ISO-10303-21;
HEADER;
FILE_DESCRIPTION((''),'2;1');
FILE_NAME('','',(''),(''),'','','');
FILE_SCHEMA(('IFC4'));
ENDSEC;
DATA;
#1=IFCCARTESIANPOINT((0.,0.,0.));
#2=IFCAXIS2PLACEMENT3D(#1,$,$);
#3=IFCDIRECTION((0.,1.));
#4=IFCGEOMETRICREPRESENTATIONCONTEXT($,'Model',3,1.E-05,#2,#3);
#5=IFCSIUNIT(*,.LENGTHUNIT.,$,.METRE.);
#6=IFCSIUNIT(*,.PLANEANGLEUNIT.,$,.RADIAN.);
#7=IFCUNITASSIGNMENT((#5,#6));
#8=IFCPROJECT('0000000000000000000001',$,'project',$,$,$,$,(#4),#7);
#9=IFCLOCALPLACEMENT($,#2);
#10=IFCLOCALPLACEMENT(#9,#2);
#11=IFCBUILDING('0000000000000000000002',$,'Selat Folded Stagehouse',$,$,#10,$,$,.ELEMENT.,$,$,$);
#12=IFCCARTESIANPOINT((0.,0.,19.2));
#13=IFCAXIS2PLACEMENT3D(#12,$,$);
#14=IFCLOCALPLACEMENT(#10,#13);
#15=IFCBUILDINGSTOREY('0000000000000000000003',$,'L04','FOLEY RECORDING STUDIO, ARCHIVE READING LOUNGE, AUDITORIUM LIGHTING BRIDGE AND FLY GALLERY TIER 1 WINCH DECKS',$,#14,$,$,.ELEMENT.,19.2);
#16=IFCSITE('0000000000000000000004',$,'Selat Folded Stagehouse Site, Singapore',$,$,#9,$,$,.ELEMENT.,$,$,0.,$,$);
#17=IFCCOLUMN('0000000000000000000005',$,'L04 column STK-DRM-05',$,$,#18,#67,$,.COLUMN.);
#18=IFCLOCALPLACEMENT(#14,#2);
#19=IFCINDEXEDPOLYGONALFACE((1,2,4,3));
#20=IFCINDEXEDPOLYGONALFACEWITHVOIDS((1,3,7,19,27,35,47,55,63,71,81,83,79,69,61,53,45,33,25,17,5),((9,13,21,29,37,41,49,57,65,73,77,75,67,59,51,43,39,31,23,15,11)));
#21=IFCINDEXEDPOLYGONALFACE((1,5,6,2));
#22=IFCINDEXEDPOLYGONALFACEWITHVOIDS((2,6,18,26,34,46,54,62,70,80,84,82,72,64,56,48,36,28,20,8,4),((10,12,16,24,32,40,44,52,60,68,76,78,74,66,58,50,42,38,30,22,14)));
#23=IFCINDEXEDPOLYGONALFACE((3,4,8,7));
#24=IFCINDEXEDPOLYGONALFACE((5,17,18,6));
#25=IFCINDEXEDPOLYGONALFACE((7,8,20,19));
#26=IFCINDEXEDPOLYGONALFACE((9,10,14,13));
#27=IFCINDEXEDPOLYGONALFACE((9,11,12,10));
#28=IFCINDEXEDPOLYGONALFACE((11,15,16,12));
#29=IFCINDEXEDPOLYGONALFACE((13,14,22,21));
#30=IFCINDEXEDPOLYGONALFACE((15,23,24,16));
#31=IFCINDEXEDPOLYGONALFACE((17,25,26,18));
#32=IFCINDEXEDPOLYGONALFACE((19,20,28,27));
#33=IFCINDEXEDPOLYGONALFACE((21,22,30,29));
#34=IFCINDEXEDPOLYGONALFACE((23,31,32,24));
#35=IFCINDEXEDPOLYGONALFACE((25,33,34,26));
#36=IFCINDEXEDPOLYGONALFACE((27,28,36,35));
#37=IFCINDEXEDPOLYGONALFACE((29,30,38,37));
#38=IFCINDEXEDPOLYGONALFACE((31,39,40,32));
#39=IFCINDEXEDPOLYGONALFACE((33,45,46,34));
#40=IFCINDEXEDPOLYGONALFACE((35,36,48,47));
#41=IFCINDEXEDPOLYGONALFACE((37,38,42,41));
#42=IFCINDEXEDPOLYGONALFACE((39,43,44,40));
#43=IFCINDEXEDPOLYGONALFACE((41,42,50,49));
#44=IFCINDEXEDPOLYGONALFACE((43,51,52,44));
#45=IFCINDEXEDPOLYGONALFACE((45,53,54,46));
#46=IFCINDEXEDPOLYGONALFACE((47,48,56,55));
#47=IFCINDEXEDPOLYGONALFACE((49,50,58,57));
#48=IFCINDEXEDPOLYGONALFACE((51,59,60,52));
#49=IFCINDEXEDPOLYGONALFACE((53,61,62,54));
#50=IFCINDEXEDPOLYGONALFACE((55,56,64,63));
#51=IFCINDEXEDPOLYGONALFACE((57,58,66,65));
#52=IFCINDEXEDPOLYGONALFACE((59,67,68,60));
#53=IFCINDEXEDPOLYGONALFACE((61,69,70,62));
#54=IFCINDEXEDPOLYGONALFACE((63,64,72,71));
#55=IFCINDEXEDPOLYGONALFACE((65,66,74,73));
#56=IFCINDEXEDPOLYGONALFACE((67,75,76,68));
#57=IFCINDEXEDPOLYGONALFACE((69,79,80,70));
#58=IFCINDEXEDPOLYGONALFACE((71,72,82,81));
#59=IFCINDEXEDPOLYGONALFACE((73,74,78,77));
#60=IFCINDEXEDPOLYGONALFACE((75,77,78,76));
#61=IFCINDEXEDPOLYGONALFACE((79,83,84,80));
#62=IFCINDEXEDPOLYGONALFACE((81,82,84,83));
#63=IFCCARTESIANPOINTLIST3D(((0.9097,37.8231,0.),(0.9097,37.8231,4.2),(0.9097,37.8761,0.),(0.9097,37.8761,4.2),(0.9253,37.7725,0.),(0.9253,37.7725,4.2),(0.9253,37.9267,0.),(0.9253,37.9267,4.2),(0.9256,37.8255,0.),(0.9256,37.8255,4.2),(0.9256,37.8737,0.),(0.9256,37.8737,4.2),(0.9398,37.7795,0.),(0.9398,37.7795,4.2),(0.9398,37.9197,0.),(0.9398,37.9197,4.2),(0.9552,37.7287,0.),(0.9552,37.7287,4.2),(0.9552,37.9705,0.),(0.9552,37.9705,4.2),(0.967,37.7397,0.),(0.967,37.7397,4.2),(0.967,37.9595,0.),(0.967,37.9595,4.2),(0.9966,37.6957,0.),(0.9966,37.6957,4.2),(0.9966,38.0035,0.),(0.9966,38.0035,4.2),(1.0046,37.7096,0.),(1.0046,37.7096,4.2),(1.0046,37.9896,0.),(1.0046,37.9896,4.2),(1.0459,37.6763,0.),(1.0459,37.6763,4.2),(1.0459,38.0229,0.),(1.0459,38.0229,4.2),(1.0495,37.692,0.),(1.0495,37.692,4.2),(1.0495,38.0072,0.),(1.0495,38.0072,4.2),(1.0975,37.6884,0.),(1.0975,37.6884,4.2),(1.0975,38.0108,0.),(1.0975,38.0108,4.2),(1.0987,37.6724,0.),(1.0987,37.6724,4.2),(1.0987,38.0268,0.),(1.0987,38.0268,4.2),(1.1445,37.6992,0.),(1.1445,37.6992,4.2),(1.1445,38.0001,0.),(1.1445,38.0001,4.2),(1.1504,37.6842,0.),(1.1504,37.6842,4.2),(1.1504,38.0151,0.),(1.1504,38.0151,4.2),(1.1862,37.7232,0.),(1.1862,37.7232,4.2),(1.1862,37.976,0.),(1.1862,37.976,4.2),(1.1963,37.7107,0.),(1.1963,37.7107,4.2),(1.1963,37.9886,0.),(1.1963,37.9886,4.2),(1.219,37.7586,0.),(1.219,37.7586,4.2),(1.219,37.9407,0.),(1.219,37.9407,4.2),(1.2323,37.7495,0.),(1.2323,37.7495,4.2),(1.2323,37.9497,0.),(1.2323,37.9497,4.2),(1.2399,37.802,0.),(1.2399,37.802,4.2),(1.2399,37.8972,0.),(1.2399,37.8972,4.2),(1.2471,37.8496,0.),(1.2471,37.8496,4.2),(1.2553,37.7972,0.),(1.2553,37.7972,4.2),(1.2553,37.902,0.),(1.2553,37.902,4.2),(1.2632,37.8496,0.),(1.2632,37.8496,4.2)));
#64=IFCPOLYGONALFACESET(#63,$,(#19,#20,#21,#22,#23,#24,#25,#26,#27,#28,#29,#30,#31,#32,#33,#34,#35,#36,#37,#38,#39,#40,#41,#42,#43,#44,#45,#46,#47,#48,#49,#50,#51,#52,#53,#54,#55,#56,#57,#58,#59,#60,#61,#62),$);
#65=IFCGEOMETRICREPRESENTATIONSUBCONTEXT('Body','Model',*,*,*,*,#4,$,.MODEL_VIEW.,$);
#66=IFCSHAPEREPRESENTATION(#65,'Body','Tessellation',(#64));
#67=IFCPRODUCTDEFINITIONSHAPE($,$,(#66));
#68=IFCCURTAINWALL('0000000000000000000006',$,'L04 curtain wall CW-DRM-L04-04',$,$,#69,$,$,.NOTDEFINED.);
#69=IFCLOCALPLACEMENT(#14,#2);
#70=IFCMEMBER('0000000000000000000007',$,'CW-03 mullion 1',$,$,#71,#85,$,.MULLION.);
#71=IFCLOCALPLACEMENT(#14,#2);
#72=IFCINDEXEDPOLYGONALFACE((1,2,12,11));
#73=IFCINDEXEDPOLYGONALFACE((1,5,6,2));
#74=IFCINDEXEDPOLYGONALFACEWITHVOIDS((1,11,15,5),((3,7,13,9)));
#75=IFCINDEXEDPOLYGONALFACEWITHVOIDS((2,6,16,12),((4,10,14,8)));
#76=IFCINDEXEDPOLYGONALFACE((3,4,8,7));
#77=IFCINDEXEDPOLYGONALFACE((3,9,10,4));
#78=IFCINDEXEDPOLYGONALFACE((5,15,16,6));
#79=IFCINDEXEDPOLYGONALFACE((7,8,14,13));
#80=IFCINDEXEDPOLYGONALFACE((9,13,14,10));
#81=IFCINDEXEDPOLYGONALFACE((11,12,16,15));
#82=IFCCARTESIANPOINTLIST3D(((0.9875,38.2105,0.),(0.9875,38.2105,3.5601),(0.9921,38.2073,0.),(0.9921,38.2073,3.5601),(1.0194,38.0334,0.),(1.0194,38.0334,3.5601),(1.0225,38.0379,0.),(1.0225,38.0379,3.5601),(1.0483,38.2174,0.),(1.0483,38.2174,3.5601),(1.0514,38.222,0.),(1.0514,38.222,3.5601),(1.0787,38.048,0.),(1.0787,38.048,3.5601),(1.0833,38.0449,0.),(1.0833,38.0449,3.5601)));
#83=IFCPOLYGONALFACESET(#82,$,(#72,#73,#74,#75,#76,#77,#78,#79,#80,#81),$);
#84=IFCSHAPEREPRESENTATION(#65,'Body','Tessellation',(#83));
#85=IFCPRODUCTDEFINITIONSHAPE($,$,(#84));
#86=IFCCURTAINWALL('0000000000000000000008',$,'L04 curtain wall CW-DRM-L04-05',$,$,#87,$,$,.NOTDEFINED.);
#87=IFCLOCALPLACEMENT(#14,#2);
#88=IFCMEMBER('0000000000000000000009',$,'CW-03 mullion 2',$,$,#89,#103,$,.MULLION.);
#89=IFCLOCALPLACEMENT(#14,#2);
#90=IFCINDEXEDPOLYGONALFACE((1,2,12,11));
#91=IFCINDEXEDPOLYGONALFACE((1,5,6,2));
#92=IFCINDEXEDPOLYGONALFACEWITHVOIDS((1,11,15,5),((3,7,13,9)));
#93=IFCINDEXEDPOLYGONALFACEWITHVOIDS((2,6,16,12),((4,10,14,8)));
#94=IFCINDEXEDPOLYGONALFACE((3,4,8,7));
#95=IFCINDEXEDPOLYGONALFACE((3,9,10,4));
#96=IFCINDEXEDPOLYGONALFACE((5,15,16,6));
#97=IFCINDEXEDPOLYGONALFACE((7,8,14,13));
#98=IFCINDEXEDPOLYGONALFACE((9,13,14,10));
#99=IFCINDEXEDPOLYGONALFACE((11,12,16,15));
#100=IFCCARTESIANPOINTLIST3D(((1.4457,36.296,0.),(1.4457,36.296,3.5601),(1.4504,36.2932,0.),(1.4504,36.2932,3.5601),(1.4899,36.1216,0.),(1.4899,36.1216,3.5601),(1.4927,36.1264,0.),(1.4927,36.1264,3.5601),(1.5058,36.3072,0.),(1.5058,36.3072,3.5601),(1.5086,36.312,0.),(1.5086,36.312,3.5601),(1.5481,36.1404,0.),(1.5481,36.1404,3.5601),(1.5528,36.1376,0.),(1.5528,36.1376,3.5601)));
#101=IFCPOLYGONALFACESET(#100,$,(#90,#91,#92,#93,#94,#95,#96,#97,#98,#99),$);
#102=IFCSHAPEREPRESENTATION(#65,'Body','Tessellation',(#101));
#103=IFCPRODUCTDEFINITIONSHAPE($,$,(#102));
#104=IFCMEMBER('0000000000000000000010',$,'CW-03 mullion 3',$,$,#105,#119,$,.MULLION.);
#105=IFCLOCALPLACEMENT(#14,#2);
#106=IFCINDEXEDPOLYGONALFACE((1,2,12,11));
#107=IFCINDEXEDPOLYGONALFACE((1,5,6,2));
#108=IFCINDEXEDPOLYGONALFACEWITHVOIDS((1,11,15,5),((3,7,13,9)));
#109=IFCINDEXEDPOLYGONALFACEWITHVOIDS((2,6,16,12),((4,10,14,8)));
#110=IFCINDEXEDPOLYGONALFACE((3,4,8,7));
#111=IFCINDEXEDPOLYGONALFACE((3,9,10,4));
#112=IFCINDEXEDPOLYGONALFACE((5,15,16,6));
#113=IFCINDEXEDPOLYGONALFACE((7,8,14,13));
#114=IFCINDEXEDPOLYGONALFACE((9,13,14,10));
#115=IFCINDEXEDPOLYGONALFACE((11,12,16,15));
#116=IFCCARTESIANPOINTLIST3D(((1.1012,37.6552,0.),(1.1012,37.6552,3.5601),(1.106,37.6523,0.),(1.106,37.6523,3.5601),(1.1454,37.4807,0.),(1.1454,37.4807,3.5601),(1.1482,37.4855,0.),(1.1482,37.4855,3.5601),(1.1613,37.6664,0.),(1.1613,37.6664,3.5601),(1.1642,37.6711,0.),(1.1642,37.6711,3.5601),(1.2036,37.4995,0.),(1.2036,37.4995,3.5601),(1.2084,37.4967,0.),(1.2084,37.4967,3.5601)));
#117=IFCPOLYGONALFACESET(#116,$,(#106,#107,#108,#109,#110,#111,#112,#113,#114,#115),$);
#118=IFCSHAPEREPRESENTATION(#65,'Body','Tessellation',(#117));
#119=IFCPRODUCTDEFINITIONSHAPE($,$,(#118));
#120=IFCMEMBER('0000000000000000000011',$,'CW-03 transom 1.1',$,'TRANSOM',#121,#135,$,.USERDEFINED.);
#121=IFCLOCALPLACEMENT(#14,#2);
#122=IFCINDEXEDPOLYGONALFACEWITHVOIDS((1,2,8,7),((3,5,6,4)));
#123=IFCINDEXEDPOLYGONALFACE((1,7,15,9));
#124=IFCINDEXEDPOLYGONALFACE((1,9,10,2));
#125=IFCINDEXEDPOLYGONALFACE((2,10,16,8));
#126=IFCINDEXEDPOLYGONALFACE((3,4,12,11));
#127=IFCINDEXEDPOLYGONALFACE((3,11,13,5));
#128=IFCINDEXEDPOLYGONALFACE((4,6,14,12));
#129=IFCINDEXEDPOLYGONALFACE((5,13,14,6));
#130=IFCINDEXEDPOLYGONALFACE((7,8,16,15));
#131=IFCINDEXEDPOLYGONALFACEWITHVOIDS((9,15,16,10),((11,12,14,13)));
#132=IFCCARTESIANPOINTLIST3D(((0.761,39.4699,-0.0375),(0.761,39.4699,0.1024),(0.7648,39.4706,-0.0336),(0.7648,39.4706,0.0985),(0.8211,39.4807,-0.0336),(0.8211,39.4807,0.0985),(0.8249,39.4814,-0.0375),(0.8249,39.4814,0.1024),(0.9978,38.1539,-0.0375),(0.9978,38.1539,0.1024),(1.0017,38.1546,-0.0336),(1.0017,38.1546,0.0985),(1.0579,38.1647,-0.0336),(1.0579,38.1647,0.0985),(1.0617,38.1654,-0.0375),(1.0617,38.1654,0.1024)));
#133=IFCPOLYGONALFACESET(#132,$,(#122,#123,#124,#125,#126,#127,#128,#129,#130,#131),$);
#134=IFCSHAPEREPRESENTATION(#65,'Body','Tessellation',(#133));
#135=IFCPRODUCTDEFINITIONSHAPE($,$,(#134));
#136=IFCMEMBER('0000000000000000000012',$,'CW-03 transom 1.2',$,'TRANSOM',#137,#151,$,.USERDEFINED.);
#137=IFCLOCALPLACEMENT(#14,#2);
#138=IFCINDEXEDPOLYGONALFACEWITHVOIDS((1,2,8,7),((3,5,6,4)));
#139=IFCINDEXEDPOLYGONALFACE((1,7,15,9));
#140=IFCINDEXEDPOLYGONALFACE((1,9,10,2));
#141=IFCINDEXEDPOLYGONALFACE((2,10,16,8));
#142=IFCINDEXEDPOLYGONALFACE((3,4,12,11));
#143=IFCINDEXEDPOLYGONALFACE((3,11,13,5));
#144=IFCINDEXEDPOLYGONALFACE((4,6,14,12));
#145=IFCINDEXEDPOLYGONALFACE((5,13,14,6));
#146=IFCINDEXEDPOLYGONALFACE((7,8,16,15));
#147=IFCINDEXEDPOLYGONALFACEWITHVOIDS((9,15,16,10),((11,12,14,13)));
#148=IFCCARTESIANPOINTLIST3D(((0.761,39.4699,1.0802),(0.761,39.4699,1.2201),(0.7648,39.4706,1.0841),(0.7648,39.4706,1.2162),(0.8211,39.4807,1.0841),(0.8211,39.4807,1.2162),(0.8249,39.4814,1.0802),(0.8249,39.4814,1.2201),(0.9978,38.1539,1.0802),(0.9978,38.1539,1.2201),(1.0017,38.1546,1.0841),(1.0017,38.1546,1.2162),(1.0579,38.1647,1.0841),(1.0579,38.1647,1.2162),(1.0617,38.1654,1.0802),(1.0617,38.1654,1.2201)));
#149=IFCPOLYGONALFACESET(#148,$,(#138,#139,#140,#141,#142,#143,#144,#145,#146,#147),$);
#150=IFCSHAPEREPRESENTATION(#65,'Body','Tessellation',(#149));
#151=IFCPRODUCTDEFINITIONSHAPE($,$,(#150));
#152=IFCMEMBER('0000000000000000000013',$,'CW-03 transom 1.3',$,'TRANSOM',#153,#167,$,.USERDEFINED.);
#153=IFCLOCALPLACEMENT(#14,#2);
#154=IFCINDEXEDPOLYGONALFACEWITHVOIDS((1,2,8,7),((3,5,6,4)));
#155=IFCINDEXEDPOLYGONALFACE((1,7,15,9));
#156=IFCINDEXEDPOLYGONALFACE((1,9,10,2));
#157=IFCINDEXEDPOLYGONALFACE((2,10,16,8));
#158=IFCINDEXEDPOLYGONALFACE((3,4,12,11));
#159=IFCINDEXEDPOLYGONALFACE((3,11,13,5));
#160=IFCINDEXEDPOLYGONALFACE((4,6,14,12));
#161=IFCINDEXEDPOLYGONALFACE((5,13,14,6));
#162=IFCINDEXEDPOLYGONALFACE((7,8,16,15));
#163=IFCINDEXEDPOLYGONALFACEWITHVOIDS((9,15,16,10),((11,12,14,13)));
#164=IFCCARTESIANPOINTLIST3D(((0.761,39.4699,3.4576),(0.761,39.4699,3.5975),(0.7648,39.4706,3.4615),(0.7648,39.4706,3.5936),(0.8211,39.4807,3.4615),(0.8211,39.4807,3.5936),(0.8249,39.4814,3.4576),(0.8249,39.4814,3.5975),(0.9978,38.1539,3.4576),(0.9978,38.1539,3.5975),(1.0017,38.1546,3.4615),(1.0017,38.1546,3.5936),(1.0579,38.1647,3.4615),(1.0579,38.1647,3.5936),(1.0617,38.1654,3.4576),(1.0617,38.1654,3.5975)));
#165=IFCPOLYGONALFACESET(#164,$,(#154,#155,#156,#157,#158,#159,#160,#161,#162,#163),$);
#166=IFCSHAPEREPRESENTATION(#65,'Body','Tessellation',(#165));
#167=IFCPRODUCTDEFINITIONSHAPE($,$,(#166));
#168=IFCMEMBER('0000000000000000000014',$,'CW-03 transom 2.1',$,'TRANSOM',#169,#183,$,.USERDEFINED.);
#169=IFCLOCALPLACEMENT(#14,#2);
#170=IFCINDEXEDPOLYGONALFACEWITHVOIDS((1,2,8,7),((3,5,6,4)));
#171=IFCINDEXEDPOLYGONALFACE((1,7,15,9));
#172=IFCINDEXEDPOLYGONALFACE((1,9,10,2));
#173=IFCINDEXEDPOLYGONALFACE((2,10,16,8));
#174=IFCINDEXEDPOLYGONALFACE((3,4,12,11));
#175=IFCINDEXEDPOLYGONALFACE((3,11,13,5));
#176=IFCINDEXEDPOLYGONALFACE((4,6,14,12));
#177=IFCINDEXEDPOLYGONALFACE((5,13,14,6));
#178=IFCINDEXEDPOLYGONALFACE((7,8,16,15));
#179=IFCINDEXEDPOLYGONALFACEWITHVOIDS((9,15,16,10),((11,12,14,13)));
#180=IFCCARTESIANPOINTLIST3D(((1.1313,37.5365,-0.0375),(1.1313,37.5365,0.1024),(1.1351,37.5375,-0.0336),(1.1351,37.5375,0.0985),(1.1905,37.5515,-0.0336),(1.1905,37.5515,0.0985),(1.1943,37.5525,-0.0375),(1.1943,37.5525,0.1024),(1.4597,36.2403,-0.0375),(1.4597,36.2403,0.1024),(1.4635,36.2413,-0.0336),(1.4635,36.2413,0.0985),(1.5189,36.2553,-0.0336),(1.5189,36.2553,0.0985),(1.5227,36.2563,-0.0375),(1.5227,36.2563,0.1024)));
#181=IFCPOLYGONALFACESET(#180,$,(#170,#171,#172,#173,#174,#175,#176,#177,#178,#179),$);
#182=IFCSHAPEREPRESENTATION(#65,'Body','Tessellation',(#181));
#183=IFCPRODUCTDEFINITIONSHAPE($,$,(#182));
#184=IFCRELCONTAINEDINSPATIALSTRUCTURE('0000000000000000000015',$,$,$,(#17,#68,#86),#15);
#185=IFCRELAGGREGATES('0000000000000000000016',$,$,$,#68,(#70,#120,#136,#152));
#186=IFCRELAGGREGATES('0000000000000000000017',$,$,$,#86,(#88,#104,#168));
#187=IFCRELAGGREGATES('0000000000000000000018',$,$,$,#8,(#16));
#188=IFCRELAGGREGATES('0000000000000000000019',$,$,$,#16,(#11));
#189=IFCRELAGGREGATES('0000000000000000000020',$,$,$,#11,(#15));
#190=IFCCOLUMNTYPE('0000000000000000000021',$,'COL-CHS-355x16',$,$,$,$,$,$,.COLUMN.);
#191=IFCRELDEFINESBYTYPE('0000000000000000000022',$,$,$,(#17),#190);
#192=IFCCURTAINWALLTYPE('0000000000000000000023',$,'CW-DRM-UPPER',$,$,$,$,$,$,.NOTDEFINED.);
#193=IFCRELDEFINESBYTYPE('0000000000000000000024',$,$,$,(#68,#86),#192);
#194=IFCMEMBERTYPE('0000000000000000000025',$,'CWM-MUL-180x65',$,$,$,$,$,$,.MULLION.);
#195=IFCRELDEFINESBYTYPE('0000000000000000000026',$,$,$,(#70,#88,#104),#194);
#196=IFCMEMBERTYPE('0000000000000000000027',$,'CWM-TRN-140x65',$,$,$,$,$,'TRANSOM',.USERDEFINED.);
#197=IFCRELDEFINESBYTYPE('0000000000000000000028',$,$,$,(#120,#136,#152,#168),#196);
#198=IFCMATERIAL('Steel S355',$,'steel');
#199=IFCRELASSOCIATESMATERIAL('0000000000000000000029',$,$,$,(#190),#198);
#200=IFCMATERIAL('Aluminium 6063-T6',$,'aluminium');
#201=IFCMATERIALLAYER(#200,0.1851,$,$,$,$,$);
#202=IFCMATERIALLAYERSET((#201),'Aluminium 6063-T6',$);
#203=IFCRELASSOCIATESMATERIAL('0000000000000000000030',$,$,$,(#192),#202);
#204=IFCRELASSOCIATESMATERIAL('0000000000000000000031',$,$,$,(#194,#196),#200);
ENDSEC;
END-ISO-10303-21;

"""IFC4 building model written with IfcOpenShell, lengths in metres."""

from ifc_helpers import new_model, si_unit, direction, frame, origin, origin_2d, place, context, subcontext, project, spatial, hollow_rectangle, hollow_circle, extrude, material, layer, layer_set, material_profile, profile_set, type_object, element, aggregate, save


model = new_model("IFC4")

# Units and contexts
model_context = context("Model", 3, precision=1e-05, world=origin(), true_north=direction((0.0, 1.0)))
body_context = subcontext(model_context, "Body", "Model", "MODEL_VIEW")
ifc_project = project(units=[si_unit("LENGTHUNIT", "METRE"), si_unit("PLANEANGLEUNIT", "RADIAN")], contexts=[model_context])

# Site, building, storey
site_placement = place(None, origin())
site = spatial("IfcSite", under=ifc_project, at=site_placement, Name="Selat Folded Stagehouse Site, Singapore", CompositionType="ELEMENT", RefElevation=0.0)
building_placement = place(site_placement, origin())
building = spatial("IfcBuilding", under=site, at=building_placement, Name="Selat Folded Stagehouse", CompositionType="ELEMENT")
storey_placement = place(building_placement, frame((0.0, 0.0, 19.2)))
storey = spatial("IfcBuildingStorey", under=building, at=storey_placement, Name="L04", Description="FOLEY RECORDING STUDIO, ARCHIVE READING LOUNGE, AUDITORIUM LIGHTING BRIDGE AND FLY GALLERY TIER 1 WINCH DECKS", CompositionType="ELEMENT", Elevation=19.2)

# Column
ifc_material_1 = material(Name="Steel S355", Category="steel")
ifc_material_profile_1 = material_profile(ifc_material_1, hollow_circle(Radius=0.1777, WallThickness=0.0161, at=origin_2d()), Name="CHS 355.6x16.0")
ifc_profile_set_1 = profile_set([ifc_material_profile_1], Name="Steel S355")
column_type = type_object("IfcColumnType", Name="COL-CHS-355x16", PredefinedType="COLUMN", material=ifc_profile_set_1)
column_placement = place(storey_placement, frame((1.0854, 37.8496, 0.0), z_axis=(0.0, 0.0, 1.0), x_axis=(1.0, 0.0, 0.0)))
element("IfcColumn", 1, at=column_placement, inside=storey, type_object=column_type, Name="L04 column STK-DRM-05", PredefinedType="COLUMN", context=body_context, shape_type="SweptSolid", body=[
    extrude(hollow_circle(Radius=0.1777, WallThickness=0.0161, at=origin_2d()), origin(), (0.0, 0.0, 1.0), 4.2),
])

# Curtain wall, member
ifc_material_2 = material(Name="Aluminium 6063-T6", Category="aluminium")
ifc_layer_1 = layer(ifc_material_2, 0.1851)
ifc_layer_set_1 = layer_set([ifc_layer_1], Name="Aluminium 6063-T6")
curtain_wall_type = type_object("IfcCurtainWallType", Name="CW-DRM-UPPER", PredefinedType="NOTDEFINED", material=ifc_layer_set_1)
curtain_wall_1_placement = place(storey_placement, origin())
curtain_wall_1 = element("IfcCurtainWall", 2, at=curtain_wall_1_placement, inside=storey, type_object=curtain_wall_type, Name="L04 curtain wall CW-DRM-L04-04", PredefinedType="NOTDEFINED")
ifc_material_profile_2 = material_profile(ifc_material_2, hollow_rectangle(XDim=0.0649, YDim=0.1799, WallThickness=0.0039, at=origin_2d()), Name="ALU 180x65x4.0")
ifc_profile_set_2 = profile_set([ifc_material_profile_2], Name="Aluminium 6063-T6")
member_type_1 = type_object("IfcMemberType", Name="CWM-MUL-180x65", PredefinedType="MULLION", material=ifc_profile_set_2)
member_1_placement = place(storey_placement, frame((1.0354, 38.1277, 0.0), z_axis=(0.0, 0.0, 1.0), x_axis=(-0.984211, -0.177002, 0.0)))
member_1 = element("IfcMember", 3, at=member_1_placement, type_object=member_type_1, Name="CW-03 mullion 1", PredefinedType="MULLION", context=body_context, shape_type="SweptSolid", body=[
    extrude(hollow_rectangle(XDim=0.0649, YDim=0.1799, WallThickness=0.0039, at=origin_2d()), origin(), (0.0, 0.0, 1.0), 3.5601),
])

# Curtain wall, members
curtain_wall_2_placement = place(storey_placement, origin())
curtain_wall_2 = element("IfcCurtainWall", 4, at=curtain_wall_2_placement, inside=storey, type_object=curtain_wall_type, Name="L04 curtain wall CW-DRM-L04-05", PredefinedType="NOTDEFINED")
member_2_placement = place(storey_placement, frame((1.4993, 36.2168, 0.0), z_axis=(0.0, 0.0, 1.0), x_axis=(-0.969367, -0.245618, 0.0)))
member_2 = element("IfcMember", 5, at=member_2_placement, type_object=member_type_1, Name="CW-03 mullion 2", PredefinedType="MULLION", context=body_context, shape_type="SweptSolid", body=[
    extrude(hollow_rectangle(XDim=0.0649, YDim=0.1799, WallThickness=0.0039, at=origin_2d()), origin(), (0.0, 0.0, 1.0), 3.5601),
])
member_3_placement = place(storey_placement, frame((1.1548, 37.5759, 0.0), z_axis=(0.0, 0.0, 1.0), x_axis=(-0.969367, -0.245618, 0.0)))
member_3 = element("IfcMember", 6, at=member_3_placement, type_object=member_type_1, Name="CW-03 mullion 3", PredefinedType="MULLION", context=body_context, shape_type="SweptSolid", body=[
    extrude(hollow_rectangle(XDim=0.0649, YDim=0.1799, WallThickness=0.0039, at=origin_2d()), origin(), (0.0, 0.0, 1.0), 3.5601),
])

# Members
ifc_material_profile_3 = material_profile(ifc_material_2, hollow_rectangle(XDim=0.0649, YDim=0.1399, WallThickness=0.0039, at=origin_2d()), Name="ALU 140x65x4.0")
ifc_profile_set_3 = profile_set([ifc_material_profile_3], Name="Aluminium 6063-T6")
member_type_2 = type_object("IfcMemberType", Name="CWM-TRN-140x65", ElementType="TRANSOM", PredefinedType="USERDEFINED", material=ifc_profile_set_3)
member_4_placement = place(storey_placement, frame((1.0298, 38.1597, 0.0325), z_axis=(-0.177118, 0.98419, 0.0), x_axis=(-0.98419, -0.177118, 0.0)))
member_4 = element("IfcMember", 7, at=member_4_placement, type_object=member_type_2, Name="CW-03 transom 1.1", ObjectType="TRANSOM", PredefinedType="USERDEFINED", context=body_context, shape_type="SweptSolid", body=[
    extrude(hollow_rectangle(XDim=0.0649, YDim=0.1399, WallThickness=0.0039, at=origin_2d()), origin(), (0.0, 0.0, 1.0), 1.3372),
])
member_5_placement = place(storey_placement, frame((1.0298, 38.1597, 1.1501), z_axis=(-0.177118, 0.98419, 0.0), x_axis=(-0.98419, -0.177118, 0.0)))
member_5 = element("IfcMember", 8, at=member_5_placement, type_object=member_type_2, Name="CW-03 transom 1.2", ObjectType="TRANSOM", PredefinedType="USERDEFINED", context=body_context, shape_type="SweptSolid", body=[
    extrude(hollow_rectangle(XDim=0.0649, YDim=0.1399, WallThickness=0.0039, at=origin_2d()), origin(), (0.0, 0.0, 1.0), 1.3372),
])
member_6_placement = place(storey_placement, frame((1.0298, 38.1597, 3.5276), z_axis=(-0.177118, 0.98419, 0.0), x_axis=(-0.98419, -0.177118, 0.0)))
member_6 = element("IfcMember", 9, at=member_6_placement, type_object=member_type_2, Name="CW-03 transom 1.3", ObjectType="TRANSOM", PredefinedType="USERDEFINED", context=body_context, shape_type="SweptSolid", body=[
    extrude(hollow_rectangle(XDim=0.0649, YDim=0.1399, WallThickness=0.0039, at=origin_2d()), origin(), (0.0, 0.0, 1.0), 1.3372),
])
member_7_placement = place(storey_placement, frame((1.4912, 36.2483, 0.0325), z_axis=(-0.245585, 0.969375, 0.0), x_axis=(-0.969375, -0.245585, 0.0)))
member_7 = element("IfcMember", 10, at=member_7_placement, type_object=member_type_2, Name="CW-03 transom 2.1", ObjectType="TRANSOM", PredefinedType="USERDEFINED", context=body_context, shape_type="SweptSolid", body=[
    extrude(hollow_rectangle(XDim=0.0649, YDim=0.1399, WallThickness=0.0039, at=origin_2d()), origin(), (0.0, 0.0, 1.0), 1.3372),
])

aggregate(curtain_wall_1, [member_1, member_4, member_5, member_6])
aggregate(curtain_wall_2, [member_2, member_3, member_7])

save(model, "model.ifc")
